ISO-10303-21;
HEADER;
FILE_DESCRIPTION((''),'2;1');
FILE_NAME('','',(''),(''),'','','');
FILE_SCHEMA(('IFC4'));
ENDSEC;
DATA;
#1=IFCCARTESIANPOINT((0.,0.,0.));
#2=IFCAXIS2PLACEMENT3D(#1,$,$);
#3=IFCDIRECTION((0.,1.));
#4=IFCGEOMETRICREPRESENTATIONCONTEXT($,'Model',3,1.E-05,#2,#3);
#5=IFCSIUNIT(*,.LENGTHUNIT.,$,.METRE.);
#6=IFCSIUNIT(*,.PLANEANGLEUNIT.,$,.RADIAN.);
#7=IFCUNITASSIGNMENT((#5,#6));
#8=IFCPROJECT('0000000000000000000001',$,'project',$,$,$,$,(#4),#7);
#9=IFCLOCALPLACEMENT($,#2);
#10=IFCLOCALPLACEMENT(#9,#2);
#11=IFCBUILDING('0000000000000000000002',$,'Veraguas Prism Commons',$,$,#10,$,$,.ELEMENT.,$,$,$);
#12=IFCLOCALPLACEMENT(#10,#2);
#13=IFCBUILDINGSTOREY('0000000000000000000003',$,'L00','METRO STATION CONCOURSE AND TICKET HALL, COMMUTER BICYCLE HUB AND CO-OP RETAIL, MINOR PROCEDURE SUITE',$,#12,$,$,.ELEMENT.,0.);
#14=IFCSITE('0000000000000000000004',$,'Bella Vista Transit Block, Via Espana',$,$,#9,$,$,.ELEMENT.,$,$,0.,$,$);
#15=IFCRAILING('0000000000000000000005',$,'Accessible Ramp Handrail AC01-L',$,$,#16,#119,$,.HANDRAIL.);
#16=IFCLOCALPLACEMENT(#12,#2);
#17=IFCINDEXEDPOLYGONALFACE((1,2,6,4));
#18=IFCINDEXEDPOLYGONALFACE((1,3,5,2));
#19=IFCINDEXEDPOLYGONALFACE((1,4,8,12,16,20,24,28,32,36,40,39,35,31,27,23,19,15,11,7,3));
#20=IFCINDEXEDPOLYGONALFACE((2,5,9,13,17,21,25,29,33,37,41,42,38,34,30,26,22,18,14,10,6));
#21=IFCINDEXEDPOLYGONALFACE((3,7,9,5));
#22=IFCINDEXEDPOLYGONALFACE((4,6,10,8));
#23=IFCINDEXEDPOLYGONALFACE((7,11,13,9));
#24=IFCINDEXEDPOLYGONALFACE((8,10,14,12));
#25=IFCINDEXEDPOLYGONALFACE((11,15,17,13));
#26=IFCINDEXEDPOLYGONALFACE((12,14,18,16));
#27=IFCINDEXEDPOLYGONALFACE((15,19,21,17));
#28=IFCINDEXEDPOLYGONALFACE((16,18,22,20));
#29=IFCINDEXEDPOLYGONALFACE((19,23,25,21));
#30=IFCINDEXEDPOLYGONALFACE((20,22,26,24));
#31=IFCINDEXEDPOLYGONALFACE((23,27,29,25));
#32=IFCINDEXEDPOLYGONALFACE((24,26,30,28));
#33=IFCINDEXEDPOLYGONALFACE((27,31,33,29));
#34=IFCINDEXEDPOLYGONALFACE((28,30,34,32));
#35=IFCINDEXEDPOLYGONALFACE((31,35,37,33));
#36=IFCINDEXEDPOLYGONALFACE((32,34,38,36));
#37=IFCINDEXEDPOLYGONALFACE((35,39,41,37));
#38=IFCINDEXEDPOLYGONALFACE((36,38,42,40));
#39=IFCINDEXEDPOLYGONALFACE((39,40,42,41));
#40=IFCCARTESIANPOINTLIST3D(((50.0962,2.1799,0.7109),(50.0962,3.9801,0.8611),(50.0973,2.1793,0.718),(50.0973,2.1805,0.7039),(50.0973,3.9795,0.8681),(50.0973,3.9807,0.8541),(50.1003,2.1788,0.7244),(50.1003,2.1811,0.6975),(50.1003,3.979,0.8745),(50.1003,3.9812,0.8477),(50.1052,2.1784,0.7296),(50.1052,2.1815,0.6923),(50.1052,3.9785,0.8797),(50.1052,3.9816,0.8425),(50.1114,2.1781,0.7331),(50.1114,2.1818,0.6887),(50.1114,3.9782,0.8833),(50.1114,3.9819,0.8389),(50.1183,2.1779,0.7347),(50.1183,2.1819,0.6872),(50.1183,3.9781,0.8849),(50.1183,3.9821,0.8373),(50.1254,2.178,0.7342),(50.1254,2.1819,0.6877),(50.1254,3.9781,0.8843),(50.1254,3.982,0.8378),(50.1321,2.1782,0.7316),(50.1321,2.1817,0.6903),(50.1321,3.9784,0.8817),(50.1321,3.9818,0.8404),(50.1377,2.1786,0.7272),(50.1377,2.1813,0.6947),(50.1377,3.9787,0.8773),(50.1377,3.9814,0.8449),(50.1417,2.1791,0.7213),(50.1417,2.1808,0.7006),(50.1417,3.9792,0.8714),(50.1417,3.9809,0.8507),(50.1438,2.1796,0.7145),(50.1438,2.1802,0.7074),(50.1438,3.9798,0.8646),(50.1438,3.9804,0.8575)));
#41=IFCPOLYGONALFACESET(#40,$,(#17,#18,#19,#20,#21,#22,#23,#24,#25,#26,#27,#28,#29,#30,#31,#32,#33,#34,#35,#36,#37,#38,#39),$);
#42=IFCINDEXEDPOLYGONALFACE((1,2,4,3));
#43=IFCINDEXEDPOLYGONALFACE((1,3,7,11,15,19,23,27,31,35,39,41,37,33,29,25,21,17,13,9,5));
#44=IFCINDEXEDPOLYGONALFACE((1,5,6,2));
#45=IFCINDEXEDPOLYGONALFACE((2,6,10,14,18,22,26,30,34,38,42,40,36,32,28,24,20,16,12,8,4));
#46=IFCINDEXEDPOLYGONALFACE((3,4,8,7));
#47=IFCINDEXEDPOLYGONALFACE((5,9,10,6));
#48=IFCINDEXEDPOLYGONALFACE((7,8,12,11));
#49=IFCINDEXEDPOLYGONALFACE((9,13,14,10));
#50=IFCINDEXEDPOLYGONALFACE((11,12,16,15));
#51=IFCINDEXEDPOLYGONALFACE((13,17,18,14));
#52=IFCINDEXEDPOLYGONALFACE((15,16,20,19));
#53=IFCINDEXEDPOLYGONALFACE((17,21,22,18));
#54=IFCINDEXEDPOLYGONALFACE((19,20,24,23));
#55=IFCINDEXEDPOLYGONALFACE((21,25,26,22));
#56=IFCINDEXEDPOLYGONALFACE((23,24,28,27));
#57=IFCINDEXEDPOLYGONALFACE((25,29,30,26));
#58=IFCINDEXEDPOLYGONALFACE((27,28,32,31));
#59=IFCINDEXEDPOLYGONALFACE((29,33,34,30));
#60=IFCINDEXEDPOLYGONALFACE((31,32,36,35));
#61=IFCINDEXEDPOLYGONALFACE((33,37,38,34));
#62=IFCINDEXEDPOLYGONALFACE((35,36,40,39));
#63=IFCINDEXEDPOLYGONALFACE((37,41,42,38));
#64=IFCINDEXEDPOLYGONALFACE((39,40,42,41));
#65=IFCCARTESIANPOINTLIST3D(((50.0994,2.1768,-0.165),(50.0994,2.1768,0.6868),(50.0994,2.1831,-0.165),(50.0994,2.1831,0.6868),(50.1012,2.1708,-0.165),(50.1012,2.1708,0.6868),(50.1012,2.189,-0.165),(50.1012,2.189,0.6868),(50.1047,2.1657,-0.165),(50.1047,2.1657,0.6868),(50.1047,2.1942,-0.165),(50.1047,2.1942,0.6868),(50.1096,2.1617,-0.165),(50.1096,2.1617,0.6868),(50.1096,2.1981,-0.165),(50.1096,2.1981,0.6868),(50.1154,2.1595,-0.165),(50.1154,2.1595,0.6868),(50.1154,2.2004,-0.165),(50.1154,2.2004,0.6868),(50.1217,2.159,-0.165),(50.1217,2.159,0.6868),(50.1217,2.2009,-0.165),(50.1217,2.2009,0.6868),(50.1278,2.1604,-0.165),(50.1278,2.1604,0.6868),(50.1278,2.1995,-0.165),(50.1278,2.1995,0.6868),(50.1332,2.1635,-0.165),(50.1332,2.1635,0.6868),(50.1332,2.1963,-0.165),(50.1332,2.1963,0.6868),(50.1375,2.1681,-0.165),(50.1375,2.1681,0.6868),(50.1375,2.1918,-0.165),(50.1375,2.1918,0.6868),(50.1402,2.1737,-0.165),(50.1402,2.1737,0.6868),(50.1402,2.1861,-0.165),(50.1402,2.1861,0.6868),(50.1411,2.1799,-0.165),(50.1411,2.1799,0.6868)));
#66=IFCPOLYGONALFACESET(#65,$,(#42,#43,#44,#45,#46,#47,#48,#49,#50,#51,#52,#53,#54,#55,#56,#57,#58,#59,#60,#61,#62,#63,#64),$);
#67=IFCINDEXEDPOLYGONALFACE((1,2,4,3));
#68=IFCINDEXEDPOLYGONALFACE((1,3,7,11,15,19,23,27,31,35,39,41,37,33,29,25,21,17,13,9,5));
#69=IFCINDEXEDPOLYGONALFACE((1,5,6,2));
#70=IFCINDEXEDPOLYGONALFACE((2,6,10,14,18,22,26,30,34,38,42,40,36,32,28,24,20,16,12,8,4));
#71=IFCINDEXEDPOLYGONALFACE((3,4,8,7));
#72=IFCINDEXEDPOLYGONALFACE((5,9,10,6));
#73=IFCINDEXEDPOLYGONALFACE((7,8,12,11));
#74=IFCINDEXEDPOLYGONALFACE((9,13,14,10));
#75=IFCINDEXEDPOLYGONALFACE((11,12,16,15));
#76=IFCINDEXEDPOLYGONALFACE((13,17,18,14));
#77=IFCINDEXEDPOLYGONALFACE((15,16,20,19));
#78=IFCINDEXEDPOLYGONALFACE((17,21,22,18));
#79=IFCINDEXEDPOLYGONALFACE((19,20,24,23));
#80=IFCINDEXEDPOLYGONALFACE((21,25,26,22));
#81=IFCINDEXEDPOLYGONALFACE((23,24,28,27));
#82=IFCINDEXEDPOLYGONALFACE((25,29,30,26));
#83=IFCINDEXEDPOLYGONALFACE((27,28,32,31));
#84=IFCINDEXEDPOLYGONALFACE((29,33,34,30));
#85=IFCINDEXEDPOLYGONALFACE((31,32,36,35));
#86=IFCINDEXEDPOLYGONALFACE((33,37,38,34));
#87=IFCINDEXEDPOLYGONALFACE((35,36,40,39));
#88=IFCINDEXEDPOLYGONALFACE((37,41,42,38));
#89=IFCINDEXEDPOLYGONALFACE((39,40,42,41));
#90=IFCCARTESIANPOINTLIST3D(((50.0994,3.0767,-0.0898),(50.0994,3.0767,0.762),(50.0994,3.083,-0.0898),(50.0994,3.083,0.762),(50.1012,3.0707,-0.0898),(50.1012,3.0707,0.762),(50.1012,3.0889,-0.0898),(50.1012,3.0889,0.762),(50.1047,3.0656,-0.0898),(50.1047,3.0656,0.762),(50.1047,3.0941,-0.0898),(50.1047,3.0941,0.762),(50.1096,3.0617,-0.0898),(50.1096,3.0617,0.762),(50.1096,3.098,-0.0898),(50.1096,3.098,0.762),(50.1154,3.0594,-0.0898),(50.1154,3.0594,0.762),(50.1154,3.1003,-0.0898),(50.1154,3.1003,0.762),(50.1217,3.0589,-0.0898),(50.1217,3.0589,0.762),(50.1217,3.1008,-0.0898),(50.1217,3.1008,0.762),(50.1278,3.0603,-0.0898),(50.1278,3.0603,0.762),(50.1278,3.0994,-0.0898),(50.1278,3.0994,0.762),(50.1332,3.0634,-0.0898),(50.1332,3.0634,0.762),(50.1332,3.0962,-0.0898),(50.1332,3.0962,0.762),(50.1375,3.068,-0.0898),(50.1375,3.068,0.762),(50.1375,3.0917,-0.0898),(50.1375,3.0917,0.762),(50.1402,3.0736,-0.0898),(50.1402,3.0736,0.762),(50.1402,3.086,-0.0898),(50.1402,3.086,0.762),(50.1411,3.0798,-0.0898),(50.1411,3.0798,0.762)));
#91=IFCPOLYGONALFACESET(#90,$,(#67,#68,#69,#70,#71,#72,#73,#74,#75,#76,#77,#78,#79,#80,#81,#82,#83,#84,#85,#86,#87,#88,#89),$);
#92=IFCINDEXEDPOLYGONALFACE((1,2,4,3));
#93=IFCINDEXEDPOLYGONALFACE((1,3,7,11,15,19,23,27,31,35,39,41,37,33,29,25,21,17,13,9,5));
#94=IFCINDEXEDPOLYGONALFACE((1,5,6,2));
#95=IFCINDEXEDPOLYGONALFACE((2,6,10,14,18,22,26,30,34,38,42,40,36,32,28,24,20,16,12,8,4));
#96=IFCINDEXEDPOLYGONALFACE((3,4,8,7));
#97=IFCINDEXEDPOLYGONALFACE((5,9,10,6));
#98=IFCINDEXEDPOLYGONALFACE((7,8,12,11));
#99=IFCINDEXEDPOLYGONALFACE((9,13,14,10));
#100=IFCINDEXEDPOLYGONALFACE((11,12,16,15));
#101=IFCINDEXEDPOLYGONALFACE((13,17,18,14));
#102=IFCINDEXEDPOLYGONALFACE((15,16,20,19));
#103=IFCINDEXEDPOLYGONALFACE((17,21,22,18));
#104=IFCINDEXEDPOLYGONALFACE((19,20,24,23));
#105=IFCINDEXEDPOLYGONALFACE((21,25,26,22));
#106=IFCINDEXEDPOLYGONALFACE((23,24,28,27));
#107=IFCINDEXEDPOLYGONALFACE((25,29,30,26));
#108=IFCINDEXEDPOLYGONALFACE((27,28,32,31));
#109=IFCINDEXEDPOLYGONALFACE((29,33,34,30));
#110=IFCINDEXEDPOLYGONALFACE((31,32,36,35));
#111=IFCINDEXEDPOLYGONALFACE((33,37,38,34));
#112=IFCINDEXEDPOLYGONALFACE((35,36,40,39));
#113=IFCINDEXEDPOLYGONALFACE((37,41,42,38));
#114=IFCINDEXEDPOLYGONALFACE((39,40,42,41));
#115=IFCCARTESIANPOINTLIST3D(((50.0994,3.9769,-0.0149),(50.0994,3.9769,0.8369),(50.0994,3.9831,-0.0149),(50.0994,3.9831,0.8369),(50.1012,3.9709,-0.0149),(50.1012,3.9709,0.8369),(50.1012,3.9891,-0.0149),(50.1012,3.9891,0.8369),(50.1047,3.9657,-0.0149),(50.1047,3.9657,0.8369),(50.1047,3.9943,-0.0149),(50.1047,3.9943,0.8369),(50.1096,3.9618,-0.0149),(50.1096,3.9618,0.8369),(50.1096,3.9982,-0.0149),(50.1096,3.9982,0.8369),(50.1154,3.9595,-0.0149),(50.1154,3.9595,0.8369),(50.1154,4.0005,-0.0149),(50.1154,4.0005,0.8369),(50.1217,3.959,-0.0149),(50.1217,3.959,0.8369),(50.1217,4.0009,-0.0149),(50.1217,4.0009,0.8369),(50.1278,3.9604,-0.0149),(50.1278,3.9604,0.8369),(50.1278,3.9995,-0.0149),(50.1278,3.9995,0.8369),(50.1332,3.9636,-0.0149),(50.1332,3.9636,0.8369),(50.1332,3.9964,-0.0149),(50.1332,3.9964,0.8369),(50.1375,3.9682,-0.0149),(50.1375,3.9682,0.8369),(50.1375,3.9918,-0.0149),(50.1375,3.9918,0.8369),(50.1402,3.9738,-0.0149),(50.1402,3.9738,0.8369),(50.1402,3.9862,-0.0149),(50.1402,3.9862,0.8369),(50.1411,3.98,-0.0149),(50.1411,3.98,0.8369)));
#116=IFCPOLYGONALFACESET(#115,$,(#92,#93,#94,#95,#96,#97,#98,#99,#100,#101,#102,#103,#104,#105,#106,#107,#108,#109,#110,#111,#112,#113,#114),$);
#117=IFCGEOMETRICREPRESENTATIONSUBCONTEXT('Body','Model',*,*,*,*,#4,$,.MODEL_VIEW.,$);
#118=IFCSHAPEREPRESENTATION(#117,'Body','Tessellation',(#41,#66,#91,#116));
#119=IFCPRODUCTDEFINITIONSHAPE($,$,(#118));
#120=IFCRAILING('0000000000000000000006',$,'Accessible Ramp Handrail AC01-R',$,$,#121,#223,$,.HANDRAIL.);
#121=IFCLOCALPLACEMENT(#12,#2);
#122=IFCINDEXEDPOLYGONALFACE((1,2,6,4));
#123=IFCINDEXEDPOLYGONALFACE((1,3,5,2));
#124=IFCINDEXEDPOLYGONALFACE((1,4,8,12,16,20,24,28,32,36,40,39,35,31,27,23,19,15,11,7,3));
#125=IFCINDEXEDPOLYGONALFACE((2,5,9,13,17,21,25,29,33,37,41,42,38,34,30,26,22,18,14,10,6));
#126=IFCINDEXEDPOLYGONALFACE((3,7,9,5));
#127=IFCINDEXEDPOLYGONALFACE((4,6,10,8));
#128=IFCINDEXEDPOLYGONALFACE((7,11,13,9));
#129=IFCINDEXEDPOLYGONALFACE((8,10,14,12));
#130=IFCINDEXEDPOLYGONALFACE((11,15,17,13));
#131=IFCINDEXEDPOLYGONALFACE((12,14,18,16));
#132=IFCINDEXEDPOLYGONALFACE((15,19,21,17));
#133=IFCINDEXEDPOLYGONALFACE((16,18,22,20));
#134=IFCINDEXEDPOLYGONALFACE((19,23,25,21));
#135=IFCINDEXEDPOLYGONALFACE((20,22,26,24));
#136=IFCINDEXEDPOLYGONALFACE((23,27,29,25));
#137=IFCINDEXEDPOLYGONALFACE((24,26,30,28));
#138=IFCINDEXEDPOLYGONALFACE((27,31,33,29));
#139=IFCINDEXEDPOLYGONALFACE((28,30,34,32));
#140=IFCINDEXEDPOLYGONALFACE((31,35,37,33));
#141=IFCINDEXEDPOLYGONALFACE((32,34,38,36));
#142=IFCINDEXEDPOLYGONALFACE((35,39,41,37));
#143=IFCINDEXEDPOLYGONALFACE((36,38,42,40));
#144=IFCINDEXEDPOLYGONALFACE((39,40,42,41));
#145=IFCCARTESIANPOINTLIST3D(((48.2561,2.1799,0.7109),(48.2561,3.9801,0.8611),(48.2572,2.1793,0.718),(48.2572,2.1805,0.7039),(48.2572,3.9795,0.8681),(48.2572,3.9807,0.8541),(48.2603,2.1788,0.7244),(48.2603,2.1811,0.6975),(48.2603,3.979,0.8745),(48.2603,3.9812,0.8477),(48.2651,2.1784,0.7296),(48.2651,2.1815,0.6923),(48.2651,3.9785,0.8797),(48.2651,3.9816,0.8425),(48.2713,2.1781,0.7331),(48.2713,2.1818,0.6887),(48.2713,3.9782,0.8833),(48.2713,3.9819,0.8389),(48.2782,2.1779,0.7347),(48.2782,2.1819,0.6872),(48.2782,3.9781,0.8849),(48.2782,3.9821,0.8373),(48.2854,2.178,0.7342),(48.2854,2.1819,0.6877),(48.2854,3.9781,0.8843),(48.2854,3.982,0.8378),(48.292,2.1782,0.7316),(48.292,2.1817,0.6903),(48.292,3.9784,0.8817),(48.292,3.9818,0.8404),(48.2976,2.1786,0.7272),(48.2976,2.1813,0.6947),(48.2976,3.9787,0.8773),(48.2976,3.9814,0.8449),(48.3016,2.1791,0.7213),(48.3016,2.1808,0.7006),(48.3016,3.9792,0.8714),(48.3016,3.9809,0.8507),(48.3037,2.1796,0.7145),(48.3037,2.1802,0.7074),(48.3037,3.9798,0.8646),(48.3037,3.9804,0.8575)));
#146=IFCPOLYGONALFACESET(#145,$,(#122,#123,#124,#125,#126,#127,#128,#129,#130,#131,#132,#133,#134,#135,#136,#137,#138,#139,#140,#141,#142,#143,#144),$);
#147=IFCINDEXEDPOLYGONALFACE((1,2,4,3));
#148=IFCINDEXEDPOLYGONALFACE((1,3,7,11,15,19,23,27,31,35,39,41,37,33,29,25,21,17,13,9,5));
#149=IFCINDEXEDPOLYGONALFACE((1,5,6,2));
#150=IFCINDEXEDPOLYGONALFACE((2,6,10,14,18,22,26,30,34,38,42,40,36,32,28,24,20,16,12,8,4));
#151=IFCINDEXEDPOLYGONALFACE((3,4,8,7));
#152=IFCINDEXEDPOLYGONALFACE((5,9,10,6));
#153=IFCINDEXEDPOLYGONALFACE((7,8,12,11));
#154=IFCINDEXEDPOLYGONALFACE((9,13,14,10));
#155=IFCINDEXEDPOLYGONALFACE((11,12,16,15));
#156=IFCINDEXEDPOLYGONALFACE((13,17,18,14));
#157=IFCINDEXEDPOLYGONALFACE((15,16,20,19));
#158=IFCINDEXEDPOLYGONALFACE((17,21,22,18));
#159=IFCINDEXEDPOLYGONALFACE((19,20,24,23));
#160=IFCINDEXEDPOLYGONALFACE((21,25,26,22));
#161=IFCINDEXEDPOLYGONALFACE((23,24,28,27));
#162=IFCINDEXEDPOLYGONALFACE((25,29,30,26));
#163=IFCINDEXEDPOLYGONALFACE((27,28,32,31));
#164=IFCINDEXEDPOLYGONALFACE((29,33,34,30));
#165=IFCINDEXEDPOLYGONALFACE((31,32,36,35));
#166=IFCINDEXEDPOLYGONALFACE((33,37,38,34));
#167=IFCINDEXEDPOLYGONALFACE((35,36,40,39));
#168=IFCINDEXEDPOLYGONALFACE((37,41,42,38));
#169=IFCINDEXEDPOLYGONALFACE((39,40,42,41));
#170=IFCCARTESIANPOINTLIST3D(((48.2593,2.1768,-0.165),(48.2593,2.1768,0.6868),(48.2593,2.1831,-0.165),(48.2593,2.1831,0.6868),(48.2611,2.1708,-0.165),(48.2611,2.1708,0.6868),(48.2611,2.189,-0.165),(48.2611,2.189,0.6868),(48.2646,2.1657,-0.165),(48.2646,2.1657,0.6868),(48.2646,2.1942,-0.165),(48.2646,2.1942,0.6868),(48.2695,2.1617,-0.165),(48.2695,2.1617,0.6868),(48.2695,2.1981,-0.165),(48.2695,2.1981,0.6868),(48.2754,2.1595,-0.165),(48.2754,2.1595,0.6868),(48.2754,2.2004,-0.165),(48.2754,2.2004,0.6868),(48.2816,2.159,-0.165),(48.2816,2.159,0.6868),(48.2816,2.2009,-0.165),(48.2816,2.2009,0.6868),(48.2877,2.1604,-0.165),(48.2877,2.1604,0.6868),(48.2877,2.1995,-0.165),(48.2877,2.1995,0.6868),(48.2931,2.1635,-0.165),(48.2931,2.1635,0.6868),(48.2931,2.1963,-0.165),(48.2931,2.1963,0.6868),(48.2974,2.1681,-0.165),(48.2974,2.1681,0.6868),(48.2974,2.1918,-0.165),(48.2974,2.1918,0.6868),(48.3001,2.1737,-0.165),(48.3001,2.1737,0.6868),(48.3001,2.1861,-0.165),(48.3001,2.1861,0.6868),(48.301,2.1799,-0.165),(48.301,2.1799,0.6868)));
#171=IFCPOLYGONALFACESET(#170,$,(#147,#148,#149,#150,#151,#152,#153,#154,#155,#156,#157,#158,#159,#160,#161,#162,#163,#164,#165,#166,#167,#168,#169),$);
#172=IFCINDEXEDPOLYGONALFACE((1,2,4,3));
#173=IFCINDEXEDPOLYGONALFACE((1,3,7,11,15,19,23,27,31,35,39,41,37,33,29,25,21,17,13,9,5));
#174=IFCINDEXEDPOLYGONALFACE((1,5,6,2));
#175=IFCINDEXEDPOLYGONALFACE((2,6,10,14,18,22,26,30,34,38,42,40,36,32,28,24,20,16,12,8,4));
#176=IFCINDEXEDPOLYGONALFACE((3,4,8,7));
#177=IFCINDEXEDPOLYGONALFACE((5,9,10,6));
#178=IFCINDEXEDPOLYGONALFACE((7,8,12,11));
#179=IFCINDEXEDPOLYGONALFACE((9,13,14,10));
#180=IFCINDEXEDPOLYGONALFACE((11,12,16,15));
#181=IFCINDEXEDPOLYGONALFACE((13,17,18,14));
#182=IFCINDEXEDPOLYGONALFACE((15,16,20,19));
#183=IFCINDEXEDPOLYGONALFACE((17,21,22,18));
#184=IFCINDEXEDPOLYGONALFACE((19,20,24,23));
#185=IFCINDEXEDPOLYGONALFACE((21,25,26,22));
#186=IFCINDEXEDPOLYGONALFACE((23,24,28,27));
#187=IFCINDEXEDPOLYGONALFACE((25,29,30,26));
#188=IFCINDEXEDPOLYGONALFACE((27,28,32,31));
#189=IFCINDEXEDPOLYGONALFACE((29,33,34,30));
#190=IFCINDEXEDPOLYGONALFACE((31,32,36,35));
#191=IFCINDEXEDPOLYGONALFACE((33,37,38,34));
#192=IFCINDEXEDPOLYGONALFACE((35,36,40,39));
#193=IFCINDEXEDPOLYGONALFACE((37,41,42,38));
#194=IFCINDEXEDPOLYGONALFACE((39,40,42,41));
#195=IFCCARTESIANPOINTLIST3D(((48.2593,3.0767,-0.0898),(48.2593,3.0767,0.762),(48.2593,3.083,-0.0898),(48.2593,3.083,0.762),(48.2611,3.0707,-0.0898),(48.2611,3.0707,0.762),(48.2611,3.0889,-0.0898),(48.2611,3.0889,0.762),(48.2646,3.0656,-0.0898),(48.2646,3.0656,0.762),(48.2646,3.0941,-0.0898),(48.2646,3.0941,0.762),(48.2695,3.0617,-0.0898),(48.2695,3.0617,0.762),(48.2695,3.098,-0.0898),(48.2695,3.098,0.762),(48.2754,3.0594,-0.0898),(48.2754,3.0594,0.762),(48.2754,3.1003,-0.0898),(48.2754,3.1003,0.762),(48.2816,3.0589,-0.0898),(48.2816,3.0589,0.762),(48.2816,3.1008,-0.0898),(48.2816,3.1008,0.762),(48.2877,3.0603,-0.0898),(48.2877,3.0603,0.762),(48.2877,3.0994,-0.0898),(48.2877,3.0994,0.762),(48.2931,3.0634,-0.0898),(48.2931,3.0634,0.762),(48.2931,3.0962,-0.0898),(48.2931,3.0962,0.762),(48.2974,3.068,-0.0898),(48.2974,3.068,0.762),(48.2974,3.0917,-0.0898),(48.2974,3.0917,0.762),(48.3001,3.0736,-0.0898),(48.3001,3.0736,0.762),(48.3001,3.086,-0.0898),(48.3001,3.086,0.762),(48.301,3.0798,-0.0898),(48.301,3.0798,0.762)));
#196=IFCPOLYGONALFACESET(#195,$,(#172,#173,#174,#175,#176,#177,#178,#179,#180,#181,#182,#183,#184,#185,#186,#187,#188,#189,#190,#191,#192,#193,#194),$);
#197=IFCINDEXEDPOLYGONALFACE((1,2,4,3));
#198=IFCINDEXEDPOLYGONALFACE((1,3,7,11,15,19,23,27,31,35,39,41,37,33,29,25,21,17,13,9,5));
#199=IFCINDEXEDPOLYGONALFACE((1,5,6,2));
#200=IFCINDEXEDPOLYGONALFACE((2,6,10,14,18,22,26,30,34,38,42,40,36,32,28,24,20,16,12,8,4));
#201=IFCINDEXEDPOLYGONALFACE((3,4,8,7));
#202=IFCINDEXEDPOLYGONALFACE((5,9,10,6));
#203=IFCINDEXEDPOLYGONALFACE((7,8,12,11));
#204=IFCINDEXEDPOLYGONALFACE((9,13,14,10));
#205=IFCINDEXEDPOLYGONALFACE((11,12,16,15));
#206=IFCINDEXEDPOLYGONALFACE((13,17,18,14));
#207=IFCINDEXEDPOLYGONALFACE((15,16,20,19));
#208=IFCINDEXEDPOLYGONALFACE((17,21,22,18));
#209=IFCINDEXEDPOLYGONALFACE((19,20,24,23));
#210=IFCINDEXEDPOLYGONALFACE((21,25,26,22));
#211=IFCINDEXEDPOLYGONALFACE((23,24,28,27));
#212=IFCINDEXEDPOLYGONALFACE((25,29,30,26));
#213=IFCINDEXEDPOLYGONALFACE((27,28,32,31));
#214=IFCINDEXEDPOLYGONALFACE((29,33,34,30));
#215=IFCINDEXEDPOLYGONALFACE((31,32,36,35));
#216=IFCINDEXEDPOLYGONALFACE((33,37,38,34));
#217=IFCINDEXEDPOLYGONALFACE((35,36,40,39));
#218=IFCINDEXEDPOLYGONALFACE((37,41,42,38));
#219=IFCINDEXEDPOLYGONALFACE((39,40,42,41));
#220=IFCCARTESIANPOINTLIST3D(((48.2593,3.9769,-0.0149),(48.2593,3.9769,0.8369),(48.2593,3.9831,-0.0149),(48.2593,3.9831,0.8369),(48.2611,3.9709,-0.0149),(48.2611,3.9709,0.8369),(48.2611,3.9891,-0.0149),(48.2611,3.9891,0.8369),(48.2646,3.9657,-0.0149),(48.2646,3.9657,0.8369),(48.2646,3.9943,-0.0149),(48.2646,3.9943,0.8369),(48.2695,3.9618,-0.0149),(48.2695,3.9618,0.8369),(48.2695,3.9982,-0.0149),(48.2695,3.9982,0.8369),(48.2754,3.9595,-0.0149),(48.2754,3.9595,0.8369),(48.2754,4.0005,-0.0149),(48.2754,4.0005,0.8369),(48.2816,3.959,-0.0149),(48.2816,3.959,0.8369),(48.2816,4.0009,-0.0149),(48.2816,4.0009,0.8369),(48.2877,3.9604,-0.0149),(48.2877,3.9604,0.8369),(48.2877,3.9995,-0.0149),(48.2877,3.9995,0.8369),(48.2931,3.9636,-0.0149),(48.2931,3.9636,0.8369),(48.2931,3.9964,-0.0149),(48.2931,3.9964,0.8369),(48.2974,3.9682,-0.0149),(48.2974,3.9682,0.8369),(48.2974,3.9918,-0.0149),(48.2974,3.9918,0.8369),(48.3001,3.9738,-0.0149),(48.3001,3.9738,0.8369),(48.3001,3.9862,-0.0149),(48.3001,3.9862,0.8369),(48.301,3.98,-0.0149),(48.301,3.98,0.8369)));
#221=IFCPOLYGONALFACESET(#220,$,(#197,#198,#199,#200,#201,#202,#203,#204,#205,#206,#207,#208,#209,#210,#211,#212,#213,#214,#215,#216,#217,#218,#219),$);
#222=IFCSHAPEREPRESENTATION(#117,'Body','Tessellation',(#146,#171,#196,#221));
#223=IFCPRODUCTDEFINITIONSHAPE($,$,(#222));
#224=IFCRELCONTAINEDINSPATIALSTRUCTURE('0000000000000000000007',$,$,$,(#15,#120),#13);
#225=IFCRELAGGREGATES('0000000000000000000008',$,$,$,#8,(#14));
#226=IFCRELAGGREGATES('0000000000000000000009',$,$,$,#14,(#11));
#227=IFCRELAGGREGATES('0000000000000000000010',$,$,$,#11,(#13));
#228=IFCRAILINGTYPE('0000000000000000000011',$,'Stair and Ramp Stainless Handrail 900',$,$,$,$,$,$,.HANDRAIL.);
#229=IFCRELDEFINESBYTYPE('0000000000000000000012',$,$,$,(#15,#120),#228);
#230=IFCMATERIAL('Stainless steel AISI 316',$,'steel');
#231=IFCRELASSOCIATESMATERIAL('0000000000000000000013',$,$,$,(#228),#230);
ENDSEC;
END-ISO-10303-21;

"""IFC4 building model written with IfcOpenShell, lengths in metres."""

from ifc_helpers import new_model, si_unit, direction, frame, origin, origin_2d, place, context, subcontext, project, spatial, circle, extrude, material, type_object, element, save


model = new_model("IFC4")

# Units and contexts
model_context = context("Model", 3, precision=1e-05, world=origin(), true_north=direction((0.0, 1.0)))
body_context = subcontext(model_context, "Body", "Model", "MODEL_VIEW")
ifc_project = project(units=[si_unit("LENGTHUNIT", "METRE"), si_unit("PLANEANGLEUNIT", "RADIAN")], contexts=[model_context])

# Site, building, storey
site_placement = place(None, origin())
site = spatial("IfcSite", under=ifc_project, at=site_placement, Name="Bella Vista Transit Block, Via Espana", CompositionType="ELEMENT", RefElevation=0.0)
building_placement = place(site_placement, origin())
building = spatial("IfcBuilding", under=site, at=building_placement, Name="Veraguas Prism Commons", CompositionType="ELEMENT")
storey_placement = place(building_placement, origin())
storey = spatial("IfcBuildingStorey", under=building, at=storey_placement, Name="L00", Description="METRO STATION CONCOURSE AND TICKET HALL, COMMUTER BICYCLE HUB AND CO-OP RETAIL, MINOR PROCEDURE SUITE", CompositionType="ELEMENT", Elevation=0.0)

# Railings
ifc_material_1 = material(Name="Stainless steel AISI 316", Category="steel")
railing_type = type_object("IfcRailingType", Name="Stair and Ramp Stainless Handrail 900", PredefinedType="HANDRAIL", material=ifc_material_1)
for number, where, name in (
    (1, (50.1201, 2.1799, -0.165), "Accessible Ramp Handrail AC01-L"),
    (2, (48.28, 2.1799, -0.165), "Accessible Ramp Handrail AC01-R"),
):
    element("IfcRailing", number, at=place(storey_placement, frame(where)), inside=storey, type_object=railing_type, Name=name, PredefinedType="HANDRAIL", context=body_context, shape_type="SweptSolid", body=[
        extrude(circle(Radius=0.0239, at=origin_2d()), frame((0.0, 0.0, 0.876), z_axis=(0.0, 0.996539, 0.083124), x_axis=(-1.0, 0.0, 0.0)), (0.0, 0.0, 1.0), 1.8064),
        extrude(circle(Radius=0.021, at=origin_2d()), origin(), (0.0, 0.0, 1.0), 0.8518),
        extrude(circle(Radius=0.021, at=origin_2d()), frame((0.0, 0.8999, 0.0752)), (0.0, 0.0, 1.0), 0.8518),
        extrude(circle(Radius=0.021, at=origin_2d()), frame((0.0, 1.8, 0.1501)), (0.0, 0.0, 1.0), 0.8518),
    ])

save(model, "model.ifc")
